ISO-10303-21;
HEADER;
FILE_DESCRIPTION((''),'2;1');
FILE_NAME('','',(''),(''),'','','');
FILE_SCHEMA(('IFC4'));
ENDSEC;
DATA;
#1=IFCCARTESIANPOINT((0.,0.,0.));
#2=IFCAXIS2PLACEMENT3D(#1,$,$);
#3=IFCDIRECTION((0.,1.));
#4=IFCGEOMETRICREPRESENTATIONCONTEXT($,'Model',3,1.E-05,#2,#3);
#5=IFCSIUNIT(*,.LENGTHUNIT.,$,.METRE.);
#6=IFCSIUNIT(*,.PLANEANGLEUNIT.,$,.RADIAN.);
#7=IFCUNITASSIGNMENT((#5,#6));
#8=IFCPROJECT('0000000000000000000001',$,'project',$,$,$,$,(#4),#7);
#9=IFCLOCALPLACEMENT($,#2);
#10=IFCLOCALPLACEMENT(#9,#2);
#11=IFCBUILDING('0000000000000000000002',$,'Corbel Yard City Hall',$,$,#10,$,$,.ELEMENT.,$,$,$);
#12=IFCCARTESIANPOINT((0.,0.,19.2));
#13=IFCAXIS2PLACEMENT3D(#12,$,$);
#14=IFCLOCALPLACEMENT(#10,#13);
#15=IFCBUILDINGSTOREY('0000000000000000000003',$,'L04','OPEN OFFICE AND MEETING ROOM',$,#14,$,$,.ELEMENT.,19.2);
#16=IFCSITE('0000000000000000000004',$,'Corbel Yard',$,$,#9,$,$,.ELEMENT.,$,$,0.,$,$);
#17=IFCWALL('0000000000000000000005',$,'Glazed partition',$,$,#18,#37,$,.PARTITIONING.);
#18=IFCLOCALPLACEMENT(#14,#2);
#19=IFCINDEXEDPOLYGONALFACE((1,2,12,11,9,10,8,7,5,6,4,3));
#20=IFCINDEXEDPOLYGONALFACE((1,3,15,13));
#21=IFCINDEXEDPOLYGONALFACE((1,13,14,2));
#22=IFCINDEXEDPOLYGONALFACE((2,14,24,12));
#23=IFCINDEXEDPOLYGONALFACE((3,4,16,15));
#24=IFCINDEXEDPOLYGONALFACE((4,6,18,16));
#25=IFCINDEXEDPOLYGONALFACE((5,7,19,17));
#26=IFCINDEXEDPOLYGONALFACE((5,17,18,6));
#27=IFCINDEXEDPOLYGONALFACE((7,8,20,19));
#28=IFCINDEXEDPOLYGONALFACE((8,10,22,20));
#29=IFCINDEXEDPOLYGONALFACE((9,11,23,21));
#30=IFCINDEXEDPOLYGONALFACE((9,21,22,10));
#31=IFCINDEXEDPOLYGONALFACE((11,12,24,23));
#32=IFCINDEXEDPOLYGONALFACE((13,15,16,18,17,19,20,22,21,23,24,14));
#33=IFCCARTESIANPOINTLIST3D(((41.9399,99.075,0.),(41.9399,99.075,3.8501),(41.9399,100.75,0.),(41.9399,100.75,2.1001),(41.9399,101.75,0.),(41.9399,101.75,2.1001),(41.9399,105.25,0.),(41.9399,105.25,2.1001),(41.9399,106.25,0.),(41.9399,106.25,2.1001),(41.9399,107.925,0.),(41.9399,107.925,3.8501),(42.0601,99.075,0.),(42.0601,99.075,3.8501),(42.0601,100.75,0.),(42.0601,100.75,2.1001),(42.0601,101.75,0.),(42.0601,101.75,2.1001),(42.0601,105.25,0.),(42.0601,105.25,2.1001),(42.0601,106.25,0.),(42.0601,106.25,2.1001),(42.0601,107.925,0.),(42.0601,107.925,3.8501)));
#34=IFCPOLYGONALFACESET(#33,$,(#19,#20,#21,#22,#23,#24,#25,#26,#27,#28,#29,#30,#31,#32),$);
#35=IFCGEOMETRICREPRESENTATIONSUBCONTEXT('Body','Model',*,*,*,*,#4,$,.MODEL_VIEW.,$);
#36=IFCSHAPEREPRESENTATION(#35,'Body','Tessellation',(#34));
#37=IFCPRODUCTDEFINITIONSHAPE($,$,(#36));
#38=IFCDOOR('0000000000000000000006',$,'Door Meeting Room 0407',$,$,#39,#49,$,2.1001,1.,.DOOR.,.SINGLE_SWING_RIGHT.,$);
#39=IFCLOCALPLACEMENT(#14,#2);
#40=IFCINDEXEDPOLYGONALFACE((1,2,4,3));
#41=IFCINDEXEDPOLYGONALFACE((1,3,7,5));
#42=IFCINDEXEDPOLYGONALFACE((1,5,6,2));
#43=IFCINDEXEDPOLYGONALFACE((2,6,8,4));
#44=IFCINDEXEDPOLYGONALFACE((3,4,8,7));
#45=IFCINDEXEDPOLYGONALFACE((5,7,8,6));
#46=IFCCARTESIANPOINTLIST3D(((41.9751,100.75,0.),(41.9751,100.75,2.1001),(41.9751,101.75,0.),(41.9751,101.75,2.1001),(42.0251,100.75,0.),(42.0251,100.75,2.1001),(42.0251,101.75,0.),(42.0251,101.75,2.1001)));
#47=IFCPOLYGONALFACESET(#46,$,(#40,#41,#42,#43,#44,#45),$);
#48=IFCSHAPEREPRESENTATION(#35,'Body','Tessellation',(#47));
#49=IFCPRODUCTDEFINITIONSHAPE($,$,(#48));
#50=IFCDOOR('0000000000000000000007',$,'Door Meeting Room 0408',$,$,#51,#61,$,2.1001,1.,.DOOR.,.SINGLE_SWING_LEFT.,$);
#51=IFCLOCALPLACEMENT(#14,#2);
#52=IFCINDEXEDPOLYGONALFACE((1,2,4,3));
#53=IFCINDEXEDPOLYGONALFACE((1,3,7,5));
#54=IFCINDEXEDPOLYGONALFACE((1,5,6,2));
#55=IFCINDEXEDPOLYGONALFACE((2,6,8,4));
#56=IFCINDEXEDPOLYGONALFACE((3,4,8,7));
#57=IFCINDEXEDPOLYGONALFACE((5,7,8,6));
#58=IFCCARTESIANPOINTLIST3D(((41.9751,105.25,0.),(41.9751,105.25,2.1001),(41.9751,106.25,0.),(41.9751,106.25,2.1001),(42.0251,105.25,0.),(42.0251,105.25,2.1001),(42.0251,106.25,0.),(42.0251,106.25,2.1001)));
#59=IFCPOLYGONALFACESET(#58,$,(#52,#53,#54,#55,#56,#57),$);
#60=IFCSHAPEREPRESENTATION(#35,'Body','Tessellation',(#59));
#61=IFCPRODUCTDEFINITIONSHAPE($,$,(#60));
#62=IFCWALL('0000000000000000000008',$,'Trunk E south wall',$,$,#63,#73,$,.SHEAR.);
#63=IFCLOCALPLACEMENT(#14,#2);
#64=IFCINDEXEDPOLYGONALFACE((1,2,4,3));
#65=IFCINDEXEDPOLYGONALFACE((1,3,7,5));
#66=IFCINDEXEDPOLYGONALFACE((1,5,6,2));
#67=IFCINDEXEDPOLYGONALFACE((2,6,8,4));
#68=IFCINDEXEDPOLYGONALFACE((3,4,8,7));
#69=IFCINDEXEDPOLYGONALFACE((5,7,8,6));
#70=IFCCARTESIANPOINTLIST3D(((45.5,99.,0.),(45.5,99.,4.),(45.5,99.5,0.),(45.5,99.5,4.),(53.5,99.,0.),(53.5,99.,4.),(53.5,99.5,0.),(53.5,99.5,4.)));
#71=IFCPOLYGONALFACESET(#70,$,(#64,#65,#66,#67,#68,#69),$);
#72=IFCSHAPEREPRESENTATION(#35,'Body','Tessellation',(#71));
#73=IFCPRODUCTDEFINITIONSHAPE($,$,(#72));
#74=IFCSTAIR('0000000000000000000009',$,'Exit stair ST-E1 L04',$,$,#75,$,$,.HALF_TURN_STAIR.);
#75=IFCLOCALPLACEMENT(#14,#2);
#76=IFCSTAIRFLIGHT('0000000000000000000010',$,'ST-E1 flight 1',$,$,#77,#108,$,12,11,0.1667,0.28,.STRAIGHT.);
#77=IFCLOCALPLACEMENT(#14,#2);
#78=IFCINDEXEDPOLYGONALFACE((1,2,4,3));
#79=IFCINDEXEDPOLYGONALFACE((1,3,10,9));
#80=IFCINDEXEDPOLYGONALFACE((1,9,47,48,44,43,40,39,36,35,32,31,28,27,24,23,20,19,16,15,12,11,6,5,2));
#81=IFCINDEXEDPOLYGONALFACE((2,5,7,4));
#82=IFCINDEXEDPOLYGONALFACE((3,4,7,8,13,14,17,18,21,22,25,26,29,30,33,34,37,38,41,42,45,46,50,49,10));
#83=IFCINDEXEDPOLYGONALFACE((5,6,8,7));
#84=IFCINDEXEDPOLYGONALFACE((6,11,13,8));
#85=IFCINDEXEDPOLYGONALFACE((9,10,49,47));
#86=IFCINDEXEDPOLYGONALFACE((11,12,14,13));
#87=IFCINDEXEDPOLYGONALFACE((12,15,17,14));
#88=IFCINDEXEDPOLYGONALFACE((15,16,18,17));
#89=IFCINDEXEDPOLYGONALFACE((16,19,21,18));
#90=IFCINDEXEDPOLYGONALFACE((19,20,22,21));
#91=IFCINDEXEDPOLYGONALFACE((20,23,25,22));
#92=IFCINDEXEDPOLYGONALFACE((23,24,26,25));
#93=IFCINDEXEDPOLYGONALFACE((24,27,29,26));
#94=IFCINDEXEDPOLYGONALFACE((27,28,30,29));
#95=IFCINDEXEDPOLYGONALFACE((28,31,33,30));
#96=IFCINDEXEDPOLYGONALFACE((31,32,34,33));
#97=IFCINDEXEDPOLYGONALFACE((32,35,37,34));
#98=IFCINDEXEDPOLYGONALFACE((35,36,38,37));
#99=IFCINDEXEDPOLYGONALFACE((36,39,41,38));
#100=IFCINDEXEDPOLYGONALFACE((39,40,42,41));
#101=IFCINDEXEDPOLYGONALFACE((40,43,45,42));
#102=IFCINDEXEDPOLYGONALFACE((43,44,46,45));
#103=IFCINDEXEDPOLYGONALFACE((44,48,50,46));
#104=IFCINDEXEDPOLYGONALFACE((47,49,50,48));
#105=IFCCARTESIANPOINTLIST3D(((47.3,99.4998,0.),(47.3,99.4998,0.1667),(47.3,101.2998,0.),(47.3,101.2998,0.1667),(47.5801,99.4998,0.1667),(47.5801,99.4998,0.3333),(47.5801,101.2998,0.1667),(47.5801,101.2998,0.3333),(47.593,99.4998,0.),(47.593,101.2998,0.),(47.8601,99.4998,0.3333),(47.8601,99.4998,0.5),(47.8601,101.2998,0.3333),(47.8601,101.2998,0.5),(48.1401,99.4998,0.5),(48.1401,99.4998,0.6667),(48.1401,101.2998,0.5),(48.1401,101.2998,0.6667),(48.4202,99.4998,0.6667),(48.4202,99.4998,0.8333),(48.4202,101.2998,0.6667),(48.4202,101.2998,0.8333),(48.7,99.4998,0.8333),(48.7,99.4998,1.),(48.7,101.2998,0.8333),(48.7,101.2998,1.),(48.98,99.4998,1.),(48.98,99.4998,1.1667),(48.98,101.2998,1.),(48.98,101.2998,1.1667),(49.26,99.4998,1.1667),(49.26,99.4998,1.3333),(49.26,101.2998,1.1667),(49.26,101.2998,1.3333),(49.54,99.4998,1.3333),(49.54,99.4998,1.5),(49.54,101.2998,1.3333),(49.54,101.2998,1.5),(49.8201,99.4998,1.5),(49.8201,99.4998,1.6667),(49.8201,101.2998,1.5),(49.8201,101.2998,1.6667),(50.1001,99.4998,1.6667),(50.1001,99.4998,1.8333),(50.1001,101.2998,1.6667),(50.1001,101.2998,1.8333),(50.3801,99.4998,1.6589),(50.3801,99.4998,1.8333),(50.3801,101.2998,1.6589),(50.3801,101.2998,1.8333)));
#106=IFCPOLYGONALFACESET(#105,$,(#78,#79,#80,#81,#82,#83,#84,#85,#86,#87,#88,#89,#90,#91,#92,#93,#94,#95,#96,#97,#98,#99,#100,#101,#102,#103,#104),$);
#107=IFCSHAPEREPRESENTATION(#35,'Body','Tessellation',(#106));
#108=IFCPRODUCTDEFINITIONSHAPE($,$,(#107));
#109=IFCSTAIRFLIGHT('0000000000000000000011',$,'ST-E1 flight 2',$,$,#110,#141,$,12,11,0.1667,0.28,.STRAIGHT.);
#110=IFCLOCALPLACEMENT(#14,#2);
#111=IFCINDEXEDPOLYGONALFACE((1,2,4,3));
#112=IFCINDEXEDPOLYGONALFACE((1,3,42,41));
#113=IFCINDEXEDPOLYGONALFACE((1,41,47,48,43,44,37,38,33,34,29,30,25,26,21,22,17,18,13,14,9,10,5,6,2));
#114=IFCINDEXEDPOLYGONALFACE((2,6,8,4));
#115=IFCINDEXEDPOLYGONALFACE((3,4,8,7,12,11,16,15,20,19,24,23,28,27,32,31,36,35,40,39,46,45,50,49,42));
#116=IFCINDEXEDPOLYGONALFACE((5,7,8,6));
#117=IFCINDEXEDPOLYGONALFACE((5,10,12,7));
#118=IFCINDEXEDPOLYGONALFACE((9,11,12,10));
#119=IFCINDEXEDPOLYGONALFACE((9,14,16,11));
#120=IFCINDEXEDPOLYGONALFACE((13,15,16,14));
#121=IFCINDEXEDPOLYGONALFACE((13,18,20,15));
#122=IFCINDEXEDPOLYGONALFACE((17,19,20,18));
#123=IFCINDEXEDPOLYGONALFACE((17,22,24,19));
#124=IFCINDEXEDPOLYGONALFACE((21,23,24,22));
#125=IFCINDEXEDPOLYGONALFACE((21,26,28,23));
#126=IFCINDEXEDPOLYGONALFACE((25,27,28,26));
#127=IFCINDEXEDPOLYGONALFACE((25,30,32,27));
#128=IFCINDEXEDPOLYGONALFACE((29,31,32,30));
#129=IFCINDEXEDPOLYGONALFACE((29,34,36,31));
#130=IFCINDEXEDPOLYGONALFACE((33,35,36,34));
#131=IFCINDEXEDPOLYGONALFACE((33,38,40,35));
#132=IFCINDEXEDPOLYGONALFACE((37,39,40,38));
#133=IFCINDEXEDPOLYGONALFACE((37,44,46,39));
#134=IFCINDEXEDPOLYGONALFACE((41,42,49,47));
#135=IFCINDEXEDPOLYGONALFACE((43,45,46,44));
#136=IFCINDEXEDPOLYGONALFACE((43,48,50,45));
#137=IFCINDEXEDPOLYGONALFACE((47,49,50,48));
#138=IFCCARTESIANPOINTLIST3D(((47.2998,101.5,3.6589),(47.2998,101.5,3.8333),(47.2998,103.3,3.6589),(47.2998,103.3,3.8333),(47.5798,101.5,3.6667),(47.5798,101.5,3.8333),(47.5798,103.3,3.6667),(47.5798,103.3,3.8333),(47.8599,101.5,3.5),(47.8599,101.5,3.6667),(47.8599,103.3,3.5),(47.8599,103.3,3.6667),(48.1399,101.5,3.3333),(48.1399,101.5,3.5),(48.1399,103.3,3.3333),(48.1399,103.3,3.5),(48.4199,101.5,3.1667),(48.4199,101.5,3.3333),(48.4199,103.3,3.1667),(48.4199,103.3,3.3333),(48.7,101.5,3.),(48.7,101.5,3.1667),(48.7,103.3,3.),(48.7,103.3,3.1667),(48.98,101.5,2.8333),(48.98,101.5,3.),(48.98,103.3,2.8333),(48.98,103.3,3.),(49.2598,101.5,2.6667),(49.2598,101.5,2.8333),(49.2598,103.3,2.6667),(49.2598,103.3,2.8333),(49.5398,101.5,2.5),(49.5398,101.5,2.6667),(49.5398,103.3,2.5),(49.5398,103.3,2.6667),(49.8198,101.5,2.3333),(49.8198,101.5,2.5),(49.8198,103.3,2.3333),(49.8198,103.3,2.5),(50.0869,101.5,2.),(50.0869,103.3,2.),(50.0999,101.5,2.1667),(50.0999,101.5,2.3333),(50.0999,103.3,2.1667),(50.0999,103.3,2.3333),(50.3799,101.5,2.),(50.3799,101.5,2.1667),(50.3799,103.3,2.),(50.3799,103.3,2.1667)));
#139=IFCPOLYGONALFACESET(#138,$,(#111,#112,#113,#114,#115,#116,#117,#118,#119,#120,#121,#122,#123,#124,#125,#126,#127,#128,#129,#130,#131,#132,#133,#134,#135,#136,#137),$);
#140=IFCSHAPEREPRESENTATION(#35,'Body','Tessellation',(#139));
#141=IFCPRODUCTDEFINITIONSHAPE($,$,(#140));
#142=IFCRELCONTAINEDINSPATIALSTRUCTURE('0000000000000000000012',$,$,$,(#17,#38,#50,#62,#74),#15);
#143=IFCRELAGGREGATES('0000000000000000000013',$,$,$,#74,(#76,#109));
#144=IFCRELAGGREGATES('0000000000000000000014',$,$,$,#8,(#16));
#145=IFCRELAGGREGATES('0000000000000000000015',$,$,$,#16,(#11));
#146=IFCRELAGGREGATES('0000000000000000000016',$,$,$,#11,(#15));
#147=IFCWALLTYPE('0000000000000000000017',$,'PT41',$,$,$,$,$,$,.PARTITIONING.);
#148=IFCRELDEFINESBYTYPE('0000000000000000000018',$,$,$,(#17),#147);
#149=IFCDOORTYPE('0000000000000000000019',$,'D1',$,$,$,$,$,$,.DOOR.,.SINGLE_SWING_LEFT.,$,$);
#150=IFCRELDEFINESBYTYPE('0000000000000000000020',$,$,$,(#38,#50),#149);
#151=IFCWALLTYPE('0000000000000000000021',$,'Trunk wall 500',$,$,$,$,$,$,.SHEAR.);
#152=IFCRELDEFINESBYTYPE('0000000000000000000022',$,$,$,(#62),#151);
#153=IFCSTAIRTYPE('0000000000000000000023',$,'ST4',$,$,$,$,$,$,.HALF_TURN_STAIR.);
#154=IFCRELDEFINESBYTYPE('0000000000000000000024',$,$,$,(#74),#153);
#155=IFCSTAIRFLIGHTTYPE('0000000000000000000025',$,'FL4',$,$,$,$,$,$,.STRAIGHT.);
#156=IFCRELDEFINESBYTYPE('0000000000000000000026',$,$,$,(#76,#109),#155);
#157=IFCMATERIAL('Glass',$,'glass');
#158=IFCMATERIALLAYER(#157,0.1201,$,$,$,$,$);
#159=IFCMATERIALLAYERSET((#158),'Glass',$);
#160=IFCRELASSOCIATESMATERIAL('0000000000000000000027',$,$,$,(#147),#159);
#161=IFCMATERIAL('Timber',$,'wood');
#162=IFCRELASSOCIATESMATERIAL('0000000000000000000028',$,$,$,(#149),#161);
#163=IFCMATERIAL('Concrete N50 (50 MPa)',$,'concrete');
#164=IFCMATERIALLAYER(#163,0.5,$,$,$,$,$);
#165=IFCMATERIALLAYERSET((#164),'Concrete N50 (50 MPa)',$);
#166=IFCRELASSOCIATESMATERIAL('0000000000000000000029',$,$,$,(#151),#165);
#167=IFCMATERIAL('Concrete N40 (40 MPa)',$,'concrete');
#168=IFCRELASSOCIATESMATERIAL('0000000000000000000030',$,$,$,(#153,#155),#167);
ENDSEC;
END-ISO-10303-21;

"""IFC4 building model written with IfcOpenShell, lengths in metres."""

from ifc_helpers import new_model, si_unit, direction, frame, frame_2d, origin, place, context, subcontext, project, spatial, polyline, rectangle, outline, extrude, material, layer, layer_set, type_object, element, fill, aggregate, save


model = new_model("IFC4")

# Units and contexts
model_context = context("Model", 3, precision=1e-05, world=origin(), true_north=direction((0.0, 1.0)))
body_context = subcontext(model_context, "Body", "Model", "MODEL_VIEW")
ifc_project = project(units=[si_unit("LENGTHUNIT", "METRE"), si_unit("PLANEANGLEUNIT", "RADIAN")], contexts=[model_context])

# Site, building, storey
site_placement = place(None, origin())
site = spatial("IfcSite", under=ifc_project, at=site_placement, Name="Corbel Yard", CompositionType="ELEMENT", RefElevation=0.0)
building_placement = place(site_placement, origin())
building = spatial("IfcBuilding", under=site, at=building_placement, Name="Corbel Yard City Hall", CompositionType="ELEMENT")
storey_placement = place(building_placement, frame((0.0, 0.0, 19.2)))
storey = spatial("IfcBuildingStorey", under=building, at=storey_placement, Name="L04", Description="OPEN OFFICE AND MEETING ROOM", CompositionType="ELEMENT", Elevation=19.2)

# Shared definitions
ifc_material_1 = material(Name="Concrete N40 (40 MPa)", Category="concrete")

# Wall, openings, doors
ifc_material_2 = material(Name="Glass", Category="glass")
ifc_layer_1 = layer(ifc_material_2, 0.1201)
ifc_layer_set_1 = layer_set([ifc_layer_1], Name="Glass")
wall_type_1 = type_object("IfcWallType", Name="PT41", PredefinedType="PARTITIONING", material=ifc_layer_set_1)
wall_1_placement = place(storey_placement, frame((42.0, 99.075, 0.0), z_axis=(0.0, 0.0, 1.0), x_axis=(0.0, 1.0, 0.0)))
wall_1 = element("IfcWall", 1, at=wall_1_placement, inside=storey, type_object=wall_type_1, Name="Glazed partition", PredefinedType="PARTITIONING", context=body_context, shape_type="SweptSolid", body=[
    extrude(rectangle(XDim=8.8501, YDim=0.1201, at=frame_2d((4.425, 0.0))), origin(), (0.0, 0.0, 1.0), 3.8501),
])
opening_1_placement = place(wall_1_placement, frame((1.675, 0.0, 0.0)))
opening_1 = element("IfcOpeningElement", 2, at=opening_1_placement, cuts=wall_1, PredefinedType="OPENING", context=body_context, shape_type="SweptSolid", body=[
    extrude(rectangle(XDim=1.0, YDim=2.1001, at=frame_2d((0.5, 1.05))), frame((0.0, 0.0701, 0.0), z_axis=(0.0, -1.0, 0.0), x_axis=(1.0, 0.0, 0.0)), (0.0, 0.0, 1.0), 0.1401),
])
opening_2_placement = place(wall_1_placement, frame((6.175, 0.0, 0.0)))
opening_2 = element("IfcOpeningElement", 3, at=opening_2_placement, cuts=wall_1, PredefinedType="OPENING", context=body_context, shape_type="SweptSolid", body=[
    extrude(rectangle(XDim=1.0, YDim=2.1001, at=frame_2d((0.5, 1.05))), frame((0.0, 0.0701, 0.0), z_axis=(0.0, -1.0, 0.0), x_axis=(1.0, 0.0, 0.0)), (0.0, 0.0, 1.0), 0.1401),
])
ifc_material_3 = material(Name="Timber", Category="wood")
door_type = type_object("IfcDoorType", Name="D1", OperationType="SINGLE_SWING_LEFT", PredefinedType="DOOR", material=ifc_material_3)
door_1_placement = place(opening_1_placement, origin())
door_1 = element("IfcDoor", 4, at=door_1_placement, inside=storey, type_object=door_type, Name="Door Meeting Room 0407", OperationType="SINGLE_SWING_RIGHT", OverallHeight=2.1001, OverallWidth=1.0, PredefinedType="DOOR", context=body_context, shape_type="SweptSolid", body=[
    extrude(rectangle(XDim=1.0, YDim=2.1001, at=frame_2d((0.5, 1.05))), frame((0.0, 0.0249, 0.0), z_axis=(0.0, -1.0, 0.0), x_axis=(1.0, 0.0, 0.0)), (0.0, 0.0, 1.0), 0.05),
])
fill(opening_1, door_1)
door_2_placement = place(opening_2_placement, origin())
door_2 = element("IfcDoor", 5, at=door_2_placement, inside=storey, type_object=door_type, Name="Door Meeting Room 0408", OperationType="SINGLE_SWING_LEFT", OverallHeight=2.1001, OverallWidth=1.0, PredefinedType="DOOR", context=body_context, shape_type="SweptSolid", body=[
    extrude(rectangle(XDim=1.0, YDim=2.1001, at=frame_2d((0.5, 1.05))), frame((0.0, 0.0249, 0.0), z_axis=(0.0, -1.0, 0.0), x_axis=(1.0, 0.0, 0.0)), (0.0, 0.0, 1.0), 0.05),
])
fill(opening_2, door_2)

# Wall
ifc_material_4 = material(Name="Concrete N50 (50 MPa)", Category="concrete")
ifc_layer_2 = layer(ifc_material_4, 0.5)
ifc_layer_set_2 = layer_set([ifc_layer_2], Name="Concrete N50 (50 MPa)")
wall_type_2 = type_object("IfcWallType", Name="Trunk wall 500", PredefinedType="SHEAR", material=ifc_layer_set_2)
wall_2_placement = place(storey_placement, frame((45.5, 99.25, 0.0), z_axis=(0.0, 0.0, 1.0), x_axis=(1.0, 0.0, 0.0)))
element("IfcWall", 6, at=wall_2_placement, inside=storey, type_object=wall_type_2, Name="Trunk E south wall", PredefinedType="SHEAR", context=body_context, shape_type="SweptSolid", body=[
    extrude(rectangle(XDim=8.0, YDim=0.5, at=frame_2d((4.0, 0.0))), origin(), (0.0, 0.0, 1.0), 4.0),
])

# Stair, stair flights
stair_type = type_object("IfcStairType", Name="ST4", PredefinedType="HALF_TURN_STAIR", material=ifc_material_1)
stair_placement = place(storey_placement, origin())
stair = element("IfcStair", 7, at=stair_placement, inside=storey, type_object=stair_type, Name="Exit stair ST-E1 L04", PredefinedType="HALF_TURN_STAIR")
stair_flight_type = type_object("IfcStairFlightType", Name="FL4", PredefinedType="STRAIGHT", material=ifc_material_1)
stair_flight_1_placement = place(storey_placement, frame((47.3, 100.3999, 0.0), z_axis=(0.0, 0.0, 1.0), x_axis=(1.0, 0.0, 0.0)))
stair_flight_1 = element("IfcStairFlight", 8, at=stair_flight_1_placement, type_object=stair_flight_type, Name="ST-E1 flight 1", NumberOfRisers=12, NumberOfTreads=11, PredefinedType="STRAIGHT", RiserHeight=0.1667, TreadLength=0.28, context=body_context, shape_type="SweptSolid", body=[
    extrude(outline(polyline([(0.0, 0.0), (0.0, 0.1667), (0.28, 0.1667), (0.28, 0.3333), (0.5601, 0.3333), (0.5601, 0.5), (0.8401, 0.5), (0.8401, 0.6667), (1.1201, 0.6667), (1.1201, 0.8333), (1.3999, 0.8333), (1.3999, 1.0), (1.6799, 1.0), (1.6799, 1.1667), (1.96, 1.1667), (1.96, 1.3333), (2.24, 1.3333), (2.24, 1.5), (2.52, 1.5), (2.52, 1.6667), (2.8, 1.6667), (2.8, 1.8333), (3.0801, 1.8333), (3.0801, 2.0), (3.0801, 1.6589), (0.293, 0.0), (0.0, 0.0)])), frame((0.0, 0.8999, 0.0), z_axis=(0.0, -1.0, 0.0), x_axis=(1.0, 0.0, 0.0)), (0.0, 0.0, 1.0), 1.8),
])
stair_flight_2_placement = place(storey_placement, frame((50.3799, 102.3999, 2.0), z_axis=(0.0, 0.0, 1.0), x_axis=(-1.0, 0.0, 0.0)))
stair_flight_2 = element("IfcStairFlight", 9, at=stair_flight_2_placement, type_object=stair_flight_type, Name="ST-E1 flight 2", NumberOfRisers=12, NumberOfTreads=11, PredefinedType="STRAIGHT", RiserHeight=0.1667, TreadLength=0.28, context=body_context, shape_type="SweptSolid", body=[
    extrude(outline(polyline([(0.0, 0.0), (0.0, 0.1667), (0.28, 0.1667), (0.28, 0.3333), (0.5601, 0.3333), (0.5601, 0.5), (0.8401, 0.5), (0.8401, 0.6667), (1.1201, 0.6667), (1.1201, 0.8333), (1.3999, 0.8333), (1.3999, 1.0), (1.6799, 1.0), (1.6799, 1.1667), (1.96, 1.1667), (1.96, 1.3333), (2.24, 1.3333), (2.24, 1.5), (2.52, 1.5), (2.52, 1.6667), (2.8, 1.6667), (2.8, 1.8333), (3.0801, 1.8333), (3.0801, 2.0), (3.0801, 1.6589), (0.293, 0.0), (0.0, 0.0)])), frame((0.0, 0.8999, 0.0), z_axis=(0.0, -1.0, 0.0), x_axis=(1.0, 0.0, 0.0)), (0.0, 0.0, 1.0), 1.8),
])
aggregate(stair, [stair_flight_1, stair_flight_2])

save(model, "model.ifc")
